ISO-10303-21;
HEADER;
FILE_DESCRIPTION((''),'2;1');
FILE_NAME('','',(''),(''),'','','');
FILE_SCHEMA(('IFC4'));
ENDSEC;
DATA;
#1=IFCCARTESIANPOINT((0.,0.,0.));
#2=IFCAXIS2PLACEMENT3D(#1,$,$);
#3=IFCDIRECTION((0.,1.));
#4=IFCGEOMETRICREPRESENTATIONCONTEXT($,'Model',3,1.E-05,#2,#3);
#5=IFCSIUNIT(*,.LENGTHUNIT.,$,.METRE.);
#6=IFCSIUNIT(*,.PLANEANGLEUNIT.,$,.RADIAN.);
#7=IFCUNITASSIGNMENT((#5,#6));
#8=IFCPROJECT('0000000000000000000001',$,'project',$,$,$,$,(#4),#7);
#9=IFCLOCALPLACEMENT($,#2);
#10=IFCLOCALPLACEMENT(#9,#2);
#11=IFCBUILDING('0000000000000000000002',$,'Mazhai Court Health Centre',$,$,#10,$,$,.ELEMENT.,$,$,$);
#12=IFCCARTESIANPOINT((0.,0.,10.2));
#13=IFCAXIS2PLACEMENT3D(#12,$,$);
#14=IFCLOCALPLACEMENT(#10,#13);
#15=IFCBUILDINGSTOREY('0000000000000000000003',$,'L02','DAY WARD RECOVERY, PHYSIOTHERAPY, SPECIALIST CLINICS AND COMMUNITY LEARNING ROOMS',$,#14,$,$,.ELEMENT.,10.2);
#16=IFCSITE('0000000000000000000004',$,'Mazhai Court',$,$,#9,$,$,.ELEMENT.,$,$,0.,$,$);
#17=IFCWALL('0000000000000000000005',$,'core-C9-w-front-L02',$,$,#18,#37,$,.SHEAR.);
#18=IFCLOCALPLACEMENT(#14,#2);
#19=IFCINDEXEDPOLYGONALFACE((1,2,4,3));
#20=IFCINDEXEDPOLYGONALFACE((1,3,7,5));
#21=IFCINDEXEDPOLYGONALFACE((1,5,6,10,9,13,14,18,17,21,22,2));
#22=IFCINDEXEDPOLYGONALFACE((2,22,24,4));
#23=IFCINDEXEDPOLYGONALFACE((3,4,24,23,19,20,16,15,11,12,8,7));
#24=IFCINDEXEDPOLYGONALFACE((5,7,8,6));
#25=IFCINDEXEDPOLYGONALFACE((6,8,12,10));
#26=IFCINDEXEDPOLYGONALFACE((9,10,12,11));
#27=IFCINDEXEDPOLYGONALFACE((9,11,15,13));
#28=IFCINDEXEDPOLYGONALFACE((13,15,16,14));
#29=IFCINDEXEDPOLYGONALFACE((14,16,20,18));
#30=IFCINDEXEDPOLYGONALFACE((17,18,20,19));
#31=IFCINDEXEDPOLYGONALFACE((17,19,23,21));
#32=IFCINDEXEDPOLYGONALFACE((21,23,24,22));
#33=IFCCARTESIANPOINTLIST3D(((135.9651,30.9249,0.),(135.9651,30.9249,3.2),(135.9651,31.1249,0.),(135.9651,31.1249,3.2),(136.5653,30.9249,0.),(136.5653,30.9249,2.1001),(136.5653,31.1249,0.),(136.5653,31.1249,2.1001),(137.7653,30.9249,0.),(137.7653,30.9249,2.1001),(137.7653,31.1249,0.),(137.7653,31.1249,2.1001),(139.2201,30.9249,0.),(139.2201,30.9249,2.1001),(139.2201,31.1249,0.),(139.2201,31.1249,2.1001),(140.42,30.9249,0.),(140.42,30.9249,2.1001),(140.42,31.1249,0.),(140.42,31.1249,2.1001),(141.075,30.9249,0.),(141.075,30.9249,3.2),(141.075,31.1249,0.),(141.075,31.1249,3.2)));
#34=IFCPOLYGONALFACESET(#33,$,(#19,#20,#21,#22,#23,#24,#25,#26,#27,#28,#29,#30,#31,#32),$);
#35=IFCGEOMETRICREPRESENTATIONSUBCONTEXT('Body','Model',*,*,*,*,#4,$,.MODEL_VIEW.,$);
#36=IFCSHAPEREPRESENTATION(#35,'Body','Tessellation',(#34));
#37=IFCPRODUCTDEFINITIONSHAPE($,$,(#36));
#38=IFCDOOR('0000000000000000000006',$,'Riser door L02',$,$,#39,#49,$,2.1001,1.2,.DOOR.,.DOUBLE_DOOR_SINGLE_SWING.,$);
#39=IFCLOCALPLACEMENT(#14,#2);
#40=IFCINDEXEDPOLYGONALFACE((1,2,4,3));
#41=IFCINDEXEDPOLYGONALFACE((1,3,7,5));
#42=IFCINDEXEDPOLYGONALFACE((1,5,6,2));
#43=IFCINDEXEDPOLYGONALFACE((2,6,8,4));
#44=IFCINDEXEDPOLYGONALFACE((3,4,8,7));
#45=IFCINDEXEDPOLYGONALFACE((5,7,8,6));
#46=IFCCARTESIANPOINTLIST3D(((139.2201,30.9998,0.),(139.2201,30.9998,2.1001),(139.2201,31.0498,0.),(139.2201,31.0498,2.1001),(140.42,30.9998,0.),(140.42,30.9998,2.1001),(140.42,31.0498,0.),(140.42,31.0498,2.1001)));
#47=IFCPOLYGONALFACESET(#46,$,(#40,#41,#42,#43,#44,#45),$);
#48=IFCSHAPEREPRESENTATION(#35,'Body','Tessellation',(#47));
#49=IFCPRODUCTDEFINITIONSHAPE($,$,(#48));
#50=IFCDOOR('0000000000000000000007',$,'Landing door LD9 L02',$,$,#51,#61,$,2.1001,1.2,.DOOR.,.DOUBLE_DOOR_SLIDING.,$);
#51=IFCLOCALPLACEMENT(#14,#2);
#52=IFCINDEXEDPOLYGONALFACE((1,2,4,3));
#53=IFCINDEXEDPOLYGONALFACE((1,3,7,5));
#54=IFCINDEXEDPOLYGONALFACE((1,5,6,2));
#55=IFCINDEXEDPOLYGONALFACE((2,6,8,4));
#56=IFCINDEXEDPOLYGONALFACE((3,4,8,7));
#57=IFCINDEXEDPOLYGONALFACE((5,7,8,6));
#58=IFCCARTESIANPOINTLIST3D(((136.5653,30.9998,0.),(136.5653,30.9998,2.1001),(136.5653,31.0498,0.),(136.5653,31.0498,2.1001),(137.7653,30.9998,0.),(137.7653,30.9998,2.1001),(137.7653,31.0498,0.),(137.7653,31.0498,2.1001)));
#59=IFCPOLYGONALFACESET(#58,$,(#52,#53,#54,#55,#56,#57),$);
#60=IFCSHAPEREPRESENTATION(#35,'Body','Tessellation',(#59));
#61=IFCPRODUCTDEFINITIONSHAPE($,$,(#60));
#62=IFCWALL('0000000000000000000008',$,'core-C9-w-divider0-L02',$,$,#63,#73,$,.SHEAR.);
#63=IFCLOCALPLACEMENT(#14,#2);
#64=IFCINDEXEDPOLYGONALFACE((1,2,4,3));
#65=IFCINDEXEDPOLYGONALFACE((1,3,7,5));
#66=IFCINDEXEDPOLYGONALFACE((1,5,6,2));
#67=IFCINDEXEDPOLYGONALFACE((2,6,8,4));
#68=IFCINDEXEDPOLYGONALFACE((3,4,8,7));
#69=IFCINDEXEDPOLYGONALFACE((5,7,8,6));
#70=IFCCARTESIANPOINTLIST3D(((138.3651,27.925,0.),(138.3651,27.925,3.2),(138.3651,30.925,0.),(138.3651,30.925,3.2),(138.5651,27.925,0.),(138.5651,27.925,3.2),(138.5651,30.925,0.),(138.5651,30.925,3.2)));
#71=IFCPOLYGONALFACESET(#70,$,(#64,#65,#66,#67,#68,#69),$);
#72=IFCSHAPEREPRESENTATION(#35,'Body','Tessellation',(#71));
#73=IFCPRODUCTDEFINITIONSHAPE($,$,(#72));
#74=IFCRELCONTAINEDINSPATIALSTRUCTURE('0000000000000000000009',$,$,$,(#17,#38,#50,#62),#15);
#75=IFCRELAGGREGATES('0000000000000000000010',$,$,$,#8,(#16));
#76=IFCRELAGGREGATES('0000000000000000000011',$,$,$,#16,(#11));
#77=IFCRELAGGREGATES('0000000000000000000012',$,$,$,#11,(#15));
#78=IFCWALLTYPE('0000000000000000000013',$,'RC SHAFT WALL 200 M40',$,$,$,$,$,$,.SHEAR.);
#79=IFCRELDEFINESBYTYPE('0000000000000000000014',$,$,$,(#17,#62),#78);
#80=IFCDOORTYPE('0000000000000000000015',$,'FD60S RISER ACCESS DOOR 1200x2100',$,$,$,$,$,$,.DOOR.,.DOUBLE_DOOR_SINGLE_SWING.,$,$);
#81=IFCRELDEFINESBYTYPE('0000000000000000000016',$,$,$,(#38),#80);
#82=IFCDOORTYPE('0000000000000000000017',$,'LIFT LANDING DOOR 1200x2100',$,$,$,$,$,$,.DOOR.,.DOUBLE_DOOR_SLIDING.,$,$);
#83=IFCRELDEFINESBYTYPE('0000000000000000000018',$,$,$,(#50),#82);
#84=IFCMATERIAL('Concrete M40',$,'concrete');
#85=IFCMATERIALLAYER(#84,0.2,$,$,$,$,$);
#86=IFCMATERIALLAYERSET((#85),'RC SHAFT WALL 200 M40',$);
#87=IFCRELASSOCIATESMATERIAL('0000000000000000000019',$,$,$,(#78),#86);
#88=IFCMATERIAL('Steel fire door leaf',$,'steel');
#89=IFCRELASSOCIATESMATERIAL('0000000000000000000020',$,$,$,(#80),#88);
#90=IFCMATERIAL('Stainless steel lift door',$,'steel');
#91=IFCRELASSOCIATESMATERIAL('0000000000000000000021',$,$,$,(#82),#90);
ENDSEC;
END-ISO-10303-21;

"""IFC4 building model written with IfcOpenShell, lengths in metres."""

from ifc_helpers import new_model, si_unit, direction, frame, frame_2d, origin, place, context, subcontext, project, spatial, rectangle, extrude, material, layer, layer_set, type_object, element, fill, save


model = new_model("IFC4")

# Units and contexts
model_context = context("Model", 3, precision=1e-05, world=origin(), true_north=direction((0.0, 1.0)))
body_context = subcontext(model_context, "Body", "Model", "MODEL_VIEW")
ifc_project = project(units=[si_unit("LENGTHUNIT", "METRE"), si_unit("PLANEANGLEUNIT", "RADIAN")], contexts=[model_context])

# Site, building, storey
site_placement = place(None, origin())
site = spatial("IfcSite", under=ifc_project, at=site_placement, Name="Mazhai Court", CompositionType="ELEMENT", RefElevation=0.0)
building_placement = place(site_placement, origin())
building = spatial("IfcBuilding", under=site, at=building_placement, Name="Mazhai Court Health Centre", CompositionType="ELEMENT")
storey_placement = place(building_placement, frame((0.0, 0.0, 10.2)))
storey = spatial("IfcBuildingStorey", under=building, at=storey_placement, Name="L02", Description="DAY WARD RECOVERY, PHYSIOTHERAPY, SPECIALIST CLINICS AND COMMUNITY LEARNING ROOMS", CompositionType="ELEMENT", Elevation=10.2)

# Wall, openings, doors
ifc_material_1 = material(Name="Concrete M40", Category="concrete")
ifc_layer_1 = layer(ifc_material_1, 0.2)
ifc_layer_set_1 = layer_set([ifc_layer_1], Name="RC SHAFT WALL 200 M40")
wall_type_1 = type_object("IfcWallType", Name="RC SHAFT WALL 200 M40", PredefinedType="SHEAR", material=ifc_layer_set_1)
wall_1_placement = place(storey_placement, frame((135.9651, 31.0249, 0.0), z_axis=(0.0, 0.0, 1.0), x_axis=(1.0, 0.0, 0.0)))
wall_1 = element("IfcWall", 1, at=wall_1_placement, inside=storey, type_object=wall_type_1, Name="core-C9-w-front-L02", PredefinedType="SHEAR", context=body_context, shape_type="SweptSolid", body=[
    extrude(rectangle(XDim=5.1099, YDim=0.2, at=frame_2d((2.5549, 0.0))), origin(), (0.0, 0.0, 1.0), 3.2),
])
opening_1_placement = place(wall_1_placement, frame((0.6001, 0.0, 0.0)))
opening_1 = element("IfcOpeningElement", 2, at=opening_1_placement, cuts=wall_1, PredefinedType="OPENING", context=body_context, shape_type="SweptSolid", body=[
    extrude(rectangle(XDim=1.2, YDim=2.1001, at=frame_2d((0.6001, 1.05))), frame((0.0, 0.1099, 0.0), z_axis=(0.0, -1.0, 0.0), x_axis=(1.0, 0.0, 0.0)), (0.0, 0.0, 1.0), 0.22),
])
opening_2_placement = place(wall_1_placement, frame((3.2549, 0.0, 0.0)))
opening_2 = element("IfcOpeningElement", 3, at=opening_2_placement, cuts=wall_1, PredefinedType="OPENING", context=body_context, shape_type="SweptSolid", body=[
    extrude(rectangle(XDim=1.2, YDim=2.1001, at=frame_2d((0.6001, 1.05))), frame((0.0, 0.1099, 0.0), z_axis=(0.0, -1.0, 0.0), x_axis=(1.0, 0.0, 0.0)), (0.0, 0.0, 1.0), 0.22),
])
ifc_material_2 = material(Name="Steel fire door leaf", Category="steel")
door_type_1 = type_object("IfcDoorType", Name="FD60S RISER ACCESS DOOR 1200x2100", OperationType="DOUBLE_DOOR_SINGLE_SWING", PredefinedType="DOOR", material=ifc_material_2)
door_1_placement = place(opening_2_placement, origin())
door_1 = element("IfcDoor", 4, at=door_1_placement, inside=storey, type_object=door_type_1, Name="Riser door L02", OperationType="DOUBLE_DOOR_SINGLE_SWING", OverallHeight=2.1001, OverallWidth=1.2, PredefinedType="DOOR", context=body_context, shape_type="SweptSolid", body=[
    extrude(rectangle(XDim=1.2, YDim=2.1001, at=frame_2d((0.6001, 1.05))), frame((0.0, 0.0249, 0.0), z_axis=(0.0, -1.0, 0.0), x_axis=(1.0, 0.0, 0.0)), (0.0, 0.0, 1.0), 0.05),
])
fill(opening_2, door_1)
ifc_material_3 = material(Name="Stainless steel lift door", Category="steel")
door_type_2 = type_object("IfcDoorType", Name="LIFT LANDING DOOR 1200x2100", OperationType="DOUBLE_DOOR_SLIDING", PredefinedType="DOOR", material=ifc_material_3)
door_2_placement = place(opening_1_placement, origin())
door_2 = element("IfcDoor", 5, at=door_2_placement, inside=storey, type_object=door_type_2, Name="Landing door LD9 L02", OperationType="DOUBLE_DOOR_SLIDING", OverallHeight=2.1001, OverallWidth=1.2, PredefinedType="DOOR", context=body_context, shape_type="SweptSolid", body=[
    extrude(rectangle(XDim=1.2, YDim=2.1001, at=frame_2d((0.6001, 1.05))), frame((0.0, 0.0249, 0.0), z_axis=(0.0, -1.0, 0.0), x_axis=(1.0, 0.0, 0.0)), (0.0, 0.0, 1.0), 0.05),
])
fill(opening_1, door_2)

# Wall
wall_2_placement = place(storey_placement, frame((138.4651, 27.925, 0.0), z_axis=(0.0, 0.0, 1.0), x_axis=(0.0, 1.0, 0.0)))
element("IfcWall", 6, at=wall_2_placement, inside=storey, type_object=wall_type_1, Name="core-C9-w-divider0-L02", PredefinedType="SHEAR", context=body_context, shape_type="SweptSolid", body=[
    extrude(rectangle(XDim=3.0, YDim=0.2, at=frame_2d((1.5, 0.0))), origin(), (0.0, 0.0, 1.0), 3.2),
])

save(model, "model.ifc")
